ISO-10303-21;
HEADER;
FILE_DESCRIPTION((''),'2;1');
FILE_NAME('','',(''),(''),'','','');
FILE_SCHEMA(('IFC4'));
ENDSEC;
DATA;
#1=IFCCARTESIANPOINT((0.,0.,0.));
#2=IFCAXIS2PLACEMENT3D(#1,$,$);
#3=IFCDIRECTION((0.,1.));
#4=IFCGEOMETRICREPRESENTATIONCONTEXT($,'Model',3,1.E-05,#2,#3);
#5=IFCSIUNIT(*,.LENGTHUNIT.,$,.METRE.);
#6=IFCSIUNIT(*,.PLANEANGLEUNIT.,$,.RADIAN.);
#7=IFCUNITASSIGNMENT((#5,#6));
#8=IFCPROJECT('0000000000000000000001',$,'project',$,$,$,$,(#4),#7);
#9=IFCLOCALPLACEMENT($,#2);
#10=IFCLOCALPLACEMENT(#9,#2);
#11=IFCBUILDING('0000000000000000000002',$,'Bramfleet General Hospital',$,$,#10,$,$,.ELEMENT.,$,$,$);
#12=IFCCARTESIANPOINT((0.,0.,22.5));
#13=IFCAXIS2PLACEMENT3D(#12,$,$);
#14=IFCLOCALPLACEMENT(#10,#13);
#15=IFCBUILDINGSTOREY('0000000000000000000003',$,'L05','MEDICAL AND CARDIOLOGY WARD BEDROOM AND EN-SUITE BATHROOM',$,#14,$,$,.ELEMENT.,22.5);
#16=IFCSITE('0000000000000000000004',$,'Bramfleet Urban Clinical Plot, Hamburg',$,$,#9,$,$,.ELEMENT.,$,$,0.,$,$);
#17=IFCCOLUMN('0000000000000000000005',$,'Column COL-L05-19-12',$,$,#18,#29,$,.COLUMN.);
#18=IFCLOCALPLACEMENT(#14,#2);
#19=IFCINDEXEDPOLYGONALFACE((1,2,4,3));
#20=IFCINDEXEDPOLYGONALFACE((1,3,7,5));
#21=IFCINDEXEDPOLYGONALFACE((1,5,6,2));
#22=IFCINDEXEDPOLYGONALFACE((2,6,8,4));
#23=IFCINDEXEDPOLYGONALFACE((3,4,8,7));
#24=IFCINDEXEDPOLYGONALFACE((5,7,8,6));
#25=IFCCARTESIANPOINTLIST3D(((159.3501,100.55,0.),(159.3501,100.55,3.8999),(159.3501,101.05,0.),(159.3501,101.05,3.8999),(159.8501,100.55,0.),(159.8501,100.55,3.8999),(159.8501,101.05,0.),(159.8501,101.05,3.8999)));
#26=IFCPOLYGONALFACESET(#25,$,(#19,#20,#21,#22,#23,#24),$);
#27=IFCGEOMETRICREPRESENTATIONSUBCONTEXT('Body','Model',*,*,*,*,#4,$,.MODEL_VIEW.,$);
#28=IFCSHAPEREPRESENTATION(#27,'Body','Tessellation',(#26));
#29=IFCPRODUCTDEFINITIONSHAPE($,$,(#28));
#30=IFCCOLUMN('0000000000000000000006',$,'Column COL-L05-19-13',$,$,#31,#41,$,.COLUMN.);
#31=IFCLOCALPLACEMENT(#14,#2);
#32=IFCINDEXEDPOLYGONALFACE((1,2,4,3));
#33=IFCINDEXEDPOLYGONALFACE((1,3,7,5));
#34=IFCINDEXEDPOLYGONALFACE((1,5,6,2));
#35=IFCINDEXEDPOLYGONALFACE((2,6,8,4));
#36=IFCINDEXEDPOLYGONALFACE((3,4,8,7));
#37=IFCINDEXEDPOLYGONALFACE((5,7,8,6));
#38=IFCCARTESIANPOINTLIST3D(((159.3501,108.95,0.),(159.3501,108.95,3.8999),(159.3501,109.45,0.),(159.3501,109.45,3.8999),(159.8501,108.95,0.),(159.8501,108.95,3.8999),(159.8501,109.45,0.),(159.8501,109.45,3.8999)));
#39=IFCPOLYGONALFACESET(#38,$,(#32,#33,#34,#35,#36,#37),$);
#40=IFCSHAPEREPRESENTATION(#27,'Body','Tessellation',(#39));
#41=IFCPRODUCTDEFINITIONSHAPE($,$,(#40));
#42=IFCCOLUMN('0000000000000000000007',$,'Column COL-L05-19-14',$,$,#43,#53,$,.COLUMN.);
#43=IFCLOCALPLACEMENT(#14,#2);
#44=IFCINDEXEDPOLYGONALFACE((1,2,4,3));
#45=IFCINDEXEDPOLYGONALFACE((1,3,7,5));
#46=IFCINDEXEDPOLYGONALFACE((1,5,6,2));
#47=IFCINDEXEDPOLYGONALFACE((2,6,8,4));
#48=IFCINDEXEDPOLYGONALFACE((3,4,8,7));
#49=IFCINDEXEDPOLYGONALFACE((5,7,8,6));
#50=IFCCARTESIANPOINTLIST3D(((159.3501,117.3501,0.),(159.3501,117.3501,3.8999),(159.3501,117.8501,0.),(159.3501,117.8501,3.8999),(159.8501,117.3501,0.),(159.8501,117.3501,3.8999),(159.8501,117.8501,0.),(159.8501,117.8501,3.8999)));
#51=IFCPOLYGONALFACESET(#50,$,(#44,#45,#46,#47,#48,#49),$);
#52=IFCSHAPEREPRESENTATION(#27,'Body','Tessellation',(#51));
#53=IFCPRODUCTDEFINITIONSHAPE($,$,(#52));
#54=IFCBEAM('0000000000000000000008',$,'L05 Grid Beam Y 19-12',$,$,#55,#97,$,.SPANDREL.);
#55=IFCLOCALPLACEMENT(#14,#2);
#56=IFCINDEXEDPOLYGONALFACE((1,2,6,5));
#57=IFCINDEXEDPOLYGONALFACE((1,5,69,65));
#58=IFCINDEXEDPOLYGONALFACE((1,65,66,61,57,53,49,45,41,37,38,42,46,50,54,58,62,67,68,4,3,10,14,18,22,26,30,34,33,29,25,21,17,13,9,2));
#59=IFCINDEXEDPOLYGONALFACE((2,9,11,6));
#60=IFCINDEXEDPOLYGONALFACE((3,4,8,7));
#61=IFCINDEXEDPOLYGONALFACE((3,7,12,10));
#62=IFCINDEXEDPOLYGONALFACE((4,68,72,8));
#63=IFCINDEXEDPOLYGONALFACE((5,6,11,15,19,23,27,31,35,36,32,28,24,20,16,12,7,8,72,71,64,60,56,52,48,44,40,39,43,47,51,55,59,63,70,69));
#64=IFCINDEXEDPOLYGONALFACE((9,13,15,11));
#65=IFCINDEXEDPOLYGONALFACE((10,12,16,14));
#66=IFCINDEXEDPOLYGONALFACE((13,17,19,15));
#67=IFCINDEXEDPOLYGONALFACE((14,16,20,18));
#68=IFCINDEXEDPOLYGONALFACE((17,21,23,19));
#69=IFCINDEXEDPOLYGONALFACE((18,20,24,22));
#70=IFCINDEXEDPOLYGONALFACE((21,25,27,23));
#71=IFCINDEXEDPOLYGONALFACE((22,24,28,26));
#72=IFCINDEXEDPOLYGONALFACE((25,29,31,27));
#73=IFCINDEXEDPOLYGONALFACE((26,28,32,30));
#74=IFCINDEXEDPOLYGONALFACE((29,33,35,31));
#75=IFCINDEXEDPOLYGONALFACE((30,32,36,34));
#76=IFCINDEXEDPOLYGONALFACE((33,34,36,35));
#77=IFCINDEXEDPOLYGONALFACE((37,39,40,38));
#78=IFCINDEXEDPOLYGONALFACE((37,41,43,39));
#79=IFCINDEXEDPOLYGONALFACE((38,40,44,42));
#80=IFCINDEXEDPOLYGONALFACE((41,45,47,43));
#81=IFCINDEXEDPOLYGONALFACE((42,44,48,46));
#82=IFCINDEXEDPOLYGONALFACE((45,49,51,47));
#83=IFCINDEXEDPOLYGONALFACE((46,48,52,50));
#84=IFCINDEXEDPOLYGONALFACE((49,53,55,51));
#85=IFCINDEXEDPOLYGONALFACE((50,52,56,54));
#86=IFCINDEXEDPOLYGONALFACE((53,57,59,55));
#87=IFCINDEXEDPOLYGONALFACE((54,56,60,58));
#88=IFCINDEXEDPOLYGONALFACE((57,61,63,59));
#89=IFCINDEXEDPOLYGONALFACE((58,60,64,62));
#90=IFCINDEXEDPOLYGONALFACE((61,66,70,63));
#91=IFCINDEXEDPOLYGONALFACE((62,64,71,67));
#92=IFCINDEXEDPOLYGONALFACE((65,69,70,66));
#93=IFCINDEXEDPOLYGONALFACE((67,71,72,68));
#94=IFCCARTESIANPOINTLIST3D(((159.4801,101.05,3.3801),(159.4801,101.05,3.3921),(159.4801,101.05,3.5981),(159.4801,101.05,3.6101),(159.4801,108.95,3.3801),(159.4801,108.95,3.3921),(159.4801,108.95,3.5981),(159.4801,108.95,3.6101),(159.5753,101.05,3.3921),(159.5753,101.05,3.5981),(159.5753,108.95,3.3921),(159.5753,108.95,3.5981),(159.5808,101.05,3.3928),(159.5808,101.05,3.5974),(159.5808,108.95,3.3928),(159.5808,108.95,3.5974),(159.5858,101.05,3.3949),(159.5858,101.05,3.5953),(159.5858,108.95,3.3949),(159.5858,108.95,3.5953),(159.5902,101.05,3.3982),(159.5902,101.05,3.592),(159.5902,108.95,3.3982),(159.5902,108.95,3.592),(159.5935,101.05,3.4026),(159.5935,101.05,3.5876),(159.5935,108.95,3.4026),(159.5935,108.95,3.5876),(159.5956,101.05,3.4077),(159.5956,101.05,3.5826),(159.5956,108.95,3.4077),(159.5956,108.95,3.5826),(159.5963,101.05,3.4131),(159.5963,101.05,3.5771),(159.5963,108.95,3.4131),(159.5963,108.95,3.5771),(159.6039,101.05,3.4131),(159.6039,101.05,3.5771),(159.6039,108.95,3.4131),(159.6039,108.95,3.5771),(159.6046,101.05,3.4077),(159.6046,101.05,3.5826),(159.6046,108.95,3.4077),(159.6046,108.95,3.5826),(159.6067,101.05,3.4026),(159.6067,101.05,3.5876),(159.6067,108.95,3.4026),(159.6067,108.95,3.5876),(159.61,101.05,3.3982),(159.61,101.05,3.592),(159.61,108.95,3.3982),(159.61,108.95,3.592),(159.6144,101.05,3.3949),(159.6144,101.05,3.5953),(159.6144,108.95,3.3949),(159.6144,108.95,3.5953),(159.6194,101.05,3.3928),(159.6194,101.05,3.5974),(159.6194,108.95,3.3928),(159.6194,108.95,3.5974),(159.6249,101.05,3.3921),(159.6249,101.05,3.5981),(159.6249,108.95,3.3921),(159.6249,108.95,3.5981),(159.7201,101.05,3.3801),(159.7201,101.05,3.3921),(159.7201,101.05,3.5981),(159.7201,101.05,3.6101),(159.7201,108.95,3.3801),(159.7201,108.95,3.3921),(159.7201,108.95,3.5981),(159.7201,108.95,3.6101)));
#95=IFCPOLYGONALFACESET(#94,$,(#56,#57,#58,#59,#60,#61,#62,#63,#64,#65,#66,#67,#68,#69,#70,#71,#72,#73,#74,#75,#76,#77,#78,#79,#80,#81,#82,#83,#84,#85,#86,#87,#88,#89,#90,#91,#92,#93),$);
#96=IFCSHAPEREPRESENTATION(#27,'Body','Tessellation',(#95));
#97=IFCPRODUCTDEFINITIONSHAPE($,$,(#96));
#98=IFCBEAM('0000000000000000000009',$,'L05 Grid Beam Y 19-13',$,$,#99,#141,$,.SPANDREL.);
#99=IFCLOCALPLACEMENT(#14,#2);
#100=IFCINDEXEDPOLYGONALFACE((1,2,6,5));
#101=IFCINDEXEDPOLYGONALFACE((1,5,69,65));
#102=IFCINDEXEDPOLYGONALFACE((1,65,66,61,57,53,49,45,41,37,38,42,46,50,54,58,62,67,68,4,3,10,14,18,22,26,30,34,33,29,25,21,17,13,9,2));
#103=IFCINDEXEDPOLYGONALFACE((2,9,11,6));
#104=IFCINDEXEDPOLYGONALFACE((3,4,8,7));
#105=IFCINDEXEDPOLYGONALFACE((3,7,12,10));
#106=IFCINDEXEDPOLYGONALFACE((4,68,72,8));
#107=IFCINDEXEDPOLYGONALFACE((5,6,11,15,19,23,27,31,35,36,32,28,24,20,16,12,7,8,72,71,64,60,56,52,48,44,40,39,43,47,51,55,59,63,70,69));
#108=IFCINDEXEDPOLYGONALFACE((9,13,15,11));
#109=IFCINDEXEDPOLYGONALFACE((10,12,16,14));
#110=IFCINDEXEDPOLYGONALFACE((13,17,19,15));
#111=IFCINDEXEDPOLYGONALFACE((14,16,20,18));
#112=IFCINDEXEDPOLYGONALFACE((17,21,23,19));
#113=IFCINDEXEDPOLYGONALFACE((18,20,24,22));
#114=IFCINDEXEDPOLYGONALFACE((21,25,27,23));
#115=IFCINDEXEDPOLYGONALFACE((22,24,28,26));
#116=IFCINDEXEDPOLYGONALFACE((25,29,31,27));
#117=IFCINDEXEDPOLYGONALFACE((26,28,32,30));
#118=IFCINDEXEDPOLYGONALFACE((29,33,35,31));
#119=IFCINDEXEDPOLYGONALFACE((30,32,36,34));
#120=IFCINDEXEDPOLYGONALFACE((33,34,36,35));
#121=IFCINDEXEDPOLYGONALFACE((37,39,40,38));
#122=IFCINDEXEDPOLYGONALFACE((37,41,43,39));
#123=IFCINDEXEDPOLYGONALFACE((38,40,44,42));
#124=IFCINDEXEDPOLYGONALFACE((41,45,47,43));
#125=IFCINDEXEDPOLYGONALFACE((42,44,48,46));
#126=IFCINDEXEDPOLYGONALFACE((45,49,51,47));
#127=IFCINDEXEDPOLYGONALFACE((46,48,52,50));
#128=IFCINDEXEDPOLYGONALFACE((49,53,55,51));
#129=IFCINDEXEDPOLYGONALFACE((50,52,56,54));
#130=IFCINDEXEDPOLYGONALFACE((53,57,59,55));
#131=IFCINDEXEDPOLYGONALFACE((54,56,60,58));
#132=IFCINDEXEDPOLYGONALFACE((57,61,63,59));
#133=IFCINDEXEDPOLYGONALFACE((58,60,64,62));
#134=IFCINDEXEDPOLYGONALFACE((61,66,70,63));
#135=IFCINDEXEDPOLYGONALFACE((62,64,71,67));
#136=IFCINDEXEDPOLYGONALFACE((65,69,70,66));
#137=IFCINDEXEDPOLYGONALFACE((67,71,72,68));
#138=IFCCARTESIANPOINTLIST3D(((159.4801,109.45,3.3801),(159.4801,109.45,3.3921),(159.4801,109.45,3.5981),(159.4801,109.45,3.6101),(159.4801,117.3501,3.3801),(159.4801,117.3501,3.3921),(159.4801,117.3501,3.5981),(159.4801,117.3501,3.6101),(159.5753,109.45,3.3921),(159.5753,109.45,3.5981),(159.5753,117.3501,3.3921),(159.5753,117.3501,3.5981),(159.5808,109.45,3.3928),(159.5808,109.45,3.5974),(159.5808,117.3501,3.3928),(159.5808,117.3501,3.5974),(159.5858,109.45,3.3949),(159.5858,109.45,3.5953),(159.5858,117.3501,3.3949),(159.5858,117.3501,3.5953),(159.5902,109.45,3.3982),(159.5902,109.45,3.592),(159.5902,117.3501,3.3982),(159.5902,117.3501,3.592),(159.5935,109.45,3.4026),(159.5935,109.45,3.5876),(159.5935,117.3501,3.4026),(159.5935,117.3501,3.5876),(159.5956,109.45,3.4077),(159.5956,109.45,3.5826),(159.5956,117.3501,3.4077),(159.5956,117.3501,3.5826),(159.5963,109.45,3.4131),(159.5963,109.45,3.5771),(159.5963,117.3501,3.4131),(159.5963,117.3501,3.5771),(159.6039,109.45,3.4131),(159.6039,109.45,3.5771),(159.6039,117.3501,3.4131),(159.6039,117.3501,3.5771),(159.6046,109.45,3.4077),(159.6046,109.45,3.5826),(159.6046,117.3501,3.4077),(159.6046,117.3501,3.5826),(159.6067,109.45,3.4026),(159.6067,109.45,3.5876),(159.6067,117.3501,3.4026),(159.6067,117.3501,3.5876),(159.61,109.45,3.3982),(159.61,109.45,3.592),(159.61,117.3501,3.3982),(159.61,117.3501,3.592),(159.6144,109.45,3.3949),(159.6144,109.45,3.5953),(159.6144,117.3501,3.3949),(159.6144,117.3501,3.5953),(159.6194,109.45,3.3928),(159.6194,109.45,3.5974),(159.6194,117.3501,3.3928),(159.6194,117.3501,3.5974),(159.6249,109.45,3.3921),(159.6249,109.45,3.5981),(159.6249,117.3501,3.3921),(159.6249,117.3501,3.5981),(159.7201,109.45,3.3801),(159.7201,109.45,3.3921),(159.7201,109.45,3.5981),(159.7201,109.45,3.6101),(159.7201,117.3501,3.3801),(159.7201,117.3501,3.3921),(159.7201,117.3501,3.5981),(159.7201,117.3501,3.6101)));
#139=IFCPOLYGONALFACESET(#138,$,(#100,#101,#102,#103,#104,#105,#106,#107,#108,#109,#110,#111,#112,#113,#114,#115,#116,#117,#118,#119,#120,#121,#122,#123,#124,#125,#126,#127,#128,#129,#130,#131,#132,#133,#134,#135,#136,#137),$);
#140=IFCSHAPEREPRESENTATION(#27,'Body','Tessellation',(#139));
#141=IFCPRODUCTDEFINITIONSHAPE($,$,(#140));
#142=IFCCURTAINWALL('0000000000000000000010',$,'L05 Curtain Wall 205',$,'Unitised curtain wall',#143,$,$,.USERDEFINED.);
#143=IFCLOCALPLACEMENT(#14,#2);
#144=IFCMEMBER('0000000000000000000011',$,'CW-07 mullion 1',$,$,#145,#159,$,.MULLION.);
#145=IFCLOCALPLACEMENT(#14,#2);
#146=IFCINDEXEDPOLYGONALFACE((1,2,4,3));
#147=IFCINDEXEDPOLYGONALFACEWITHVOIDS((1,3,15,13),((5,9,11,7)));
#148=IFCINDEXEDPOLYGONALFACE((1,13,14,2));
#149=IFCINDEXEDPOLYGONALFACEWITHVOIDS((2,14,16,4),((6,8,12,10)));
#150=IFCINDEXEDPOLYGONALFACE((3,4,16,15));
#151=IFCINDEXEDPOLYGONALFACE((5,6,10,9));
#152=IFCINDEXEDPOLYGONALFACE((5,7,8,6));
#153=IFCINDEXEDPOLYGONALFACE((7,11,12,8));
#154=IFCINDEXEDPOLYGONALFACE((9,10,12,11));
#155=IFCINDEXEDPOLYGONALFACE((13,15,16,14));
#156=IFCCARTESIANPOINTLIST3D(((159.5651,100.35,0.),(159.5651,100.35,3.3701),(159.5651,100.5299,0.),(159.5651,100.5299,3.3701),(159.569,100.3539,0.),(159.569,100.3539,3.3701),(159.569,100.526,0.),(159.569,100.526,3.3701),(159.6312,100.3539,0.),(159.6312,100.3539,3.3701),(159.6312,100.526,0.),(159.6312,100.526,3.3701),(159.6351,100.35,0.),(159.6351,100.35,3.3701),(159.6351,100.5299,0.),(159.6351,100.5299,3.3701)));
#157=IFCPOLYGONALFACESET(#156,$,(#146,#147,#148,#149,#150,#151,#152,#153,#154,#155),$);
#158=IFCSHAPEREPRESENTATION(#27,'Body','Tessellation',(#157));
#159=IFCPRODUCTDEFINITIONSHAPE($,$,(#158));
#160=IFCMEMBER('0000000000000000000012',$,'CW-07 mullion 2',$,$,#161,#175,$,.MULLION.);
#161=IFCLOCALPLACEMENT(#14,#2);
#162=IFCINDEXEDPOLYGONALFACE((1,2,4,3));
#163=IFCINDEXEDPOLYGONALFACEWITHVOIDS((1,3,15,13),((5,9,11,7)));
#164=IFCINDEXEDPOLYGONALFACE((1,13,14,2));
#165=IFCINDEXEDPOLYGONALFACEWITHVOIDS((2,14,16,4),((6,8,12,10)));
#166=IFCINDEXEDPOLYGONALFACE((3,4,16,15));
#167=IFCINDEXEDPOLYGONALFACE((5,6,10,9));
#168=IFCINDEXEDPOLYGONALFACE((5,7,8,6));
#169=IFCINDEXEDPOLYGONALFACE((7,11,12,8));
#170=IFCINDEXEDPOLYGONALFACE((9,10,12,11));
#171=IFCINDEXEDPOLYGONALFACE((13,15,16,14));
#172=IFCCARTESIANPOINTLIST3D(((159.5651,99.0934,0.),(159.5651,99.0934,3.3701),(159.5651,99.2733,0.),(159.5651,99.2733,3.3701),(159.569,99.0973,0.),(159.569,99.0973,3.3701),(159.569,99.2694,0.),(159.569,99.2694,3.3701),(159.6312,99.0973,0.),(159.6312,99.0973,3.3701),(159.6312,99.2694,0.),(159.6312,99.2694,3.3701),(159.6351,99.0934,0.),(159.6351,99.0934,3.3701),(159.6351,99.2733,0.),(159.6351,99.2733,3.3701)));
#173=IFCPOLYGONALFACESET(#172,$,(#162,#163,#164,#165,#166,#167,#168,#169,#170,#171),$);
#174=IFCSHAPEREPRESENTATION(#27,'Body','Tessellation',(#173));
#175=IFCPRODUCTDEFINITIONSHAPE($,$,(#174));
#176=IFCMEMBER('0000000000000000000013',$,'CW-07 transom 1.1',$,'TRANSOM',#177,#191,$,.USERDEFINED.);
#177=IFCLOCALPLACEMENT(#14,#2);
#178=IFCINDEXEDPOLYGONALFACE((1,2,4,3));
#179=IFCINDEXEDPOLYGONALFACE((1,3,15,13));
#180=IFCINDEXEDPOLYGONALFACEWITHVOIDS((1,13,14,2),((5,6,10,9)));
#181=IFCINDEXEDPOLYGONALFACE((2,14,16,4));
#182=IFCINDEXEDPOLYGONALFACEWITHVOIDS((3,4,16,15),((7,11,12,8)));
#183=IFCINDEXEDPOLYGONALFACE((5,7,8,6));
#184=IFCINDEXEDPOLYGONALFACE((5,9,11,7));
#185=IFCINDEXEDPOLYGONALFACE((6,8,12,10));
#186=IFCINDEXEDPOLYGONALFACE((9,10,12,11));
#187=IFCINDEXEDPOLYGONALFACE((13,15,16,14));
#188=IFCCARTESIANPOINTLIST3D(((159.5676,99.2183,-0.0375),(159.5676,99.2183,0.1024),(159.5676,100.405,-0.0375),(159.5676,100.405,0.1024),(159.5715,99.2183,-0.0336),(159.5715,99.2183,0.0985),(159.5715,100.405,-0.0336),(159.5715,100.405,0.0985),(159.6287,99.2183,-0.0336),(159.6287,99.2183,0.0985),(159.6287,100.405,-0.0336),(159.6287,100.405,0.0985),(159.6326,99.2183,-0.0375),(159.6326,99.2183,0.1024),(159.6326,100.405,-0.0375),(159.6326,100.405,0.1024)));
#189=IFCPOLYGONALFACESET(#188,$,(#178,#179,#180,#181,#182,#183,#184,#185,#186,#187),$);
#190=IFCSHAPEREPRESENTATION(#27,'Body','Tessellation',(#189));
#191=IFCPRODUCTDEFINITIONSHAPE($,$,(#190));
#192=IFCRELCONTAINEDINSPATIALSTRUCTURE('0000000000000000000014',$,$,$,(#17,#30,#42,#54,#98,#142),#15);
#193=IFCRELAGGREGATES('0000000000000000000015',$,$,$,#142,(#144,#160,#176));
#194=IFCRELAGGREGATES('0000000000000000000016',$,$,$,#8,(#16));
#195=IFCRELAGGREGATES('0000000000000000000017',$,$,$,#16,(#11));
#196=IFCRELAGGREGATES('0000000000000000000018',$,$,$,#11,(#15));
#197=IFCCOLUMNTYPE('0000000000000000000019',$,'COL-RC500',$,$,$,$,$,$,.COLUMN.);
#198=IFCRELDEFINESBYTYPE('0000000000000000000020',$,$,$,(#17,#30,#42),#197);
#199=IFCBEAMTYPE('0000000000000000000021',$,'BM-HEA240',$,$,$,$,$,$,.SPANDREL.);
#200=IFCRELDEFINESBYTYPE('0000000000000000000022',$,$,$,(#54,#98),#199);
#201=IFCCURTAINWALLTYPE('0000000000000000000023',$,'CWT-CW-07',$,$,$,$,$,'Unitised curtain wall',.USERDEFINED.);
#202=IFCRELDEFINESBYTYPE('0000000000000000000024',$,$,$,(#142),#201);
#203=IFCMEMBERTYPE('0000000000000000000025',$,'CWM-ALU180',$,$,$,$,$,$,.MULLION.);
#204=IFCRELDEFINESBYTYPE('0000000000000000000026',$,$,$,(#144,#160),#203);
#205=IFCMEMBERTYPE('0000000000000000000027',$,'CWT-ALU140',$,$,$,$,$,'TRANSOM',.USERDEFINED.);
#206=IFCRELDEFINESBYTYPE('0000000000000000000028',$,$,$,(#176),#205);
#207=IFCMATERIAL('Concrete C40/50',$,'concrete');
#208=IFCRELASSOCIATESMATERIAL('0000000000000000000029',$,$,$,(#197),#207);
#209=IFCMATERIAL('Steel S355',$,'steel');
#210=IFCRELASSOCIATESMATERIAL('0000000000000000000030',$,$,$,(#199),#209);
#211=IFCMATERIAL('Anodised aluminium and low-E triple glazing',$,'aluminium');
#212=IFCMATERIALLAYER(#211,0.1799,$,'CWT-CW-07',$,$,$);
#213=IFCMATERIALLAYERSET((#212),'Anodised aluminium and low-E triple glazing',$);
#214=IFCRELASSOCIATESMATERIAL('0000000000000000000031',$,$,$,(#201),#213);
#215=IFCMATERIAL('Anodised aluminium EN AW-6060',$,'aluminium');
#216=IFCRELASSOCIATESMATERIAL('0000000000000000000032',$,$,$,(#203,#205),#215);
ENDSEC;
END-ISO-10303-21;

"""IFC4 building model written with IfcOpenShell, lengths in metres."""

from ifc_helpers import new_model, si_unit, direction, frame, origin, origin_2d, place, context, subcontext, project, spatial, rectangle, hollow_rectangle, i_section, extrude, material, layer, layer_set, material_profile, profile_set, type_object, element, aggregate, save


model = new_model("IFC4")

# Units and contexts
model_context = context("Model", 3, precision=1e-05, world=origin(), true_north=direction((0.0, 1.0)))
body_context = subcontext(model_context, "Body", "Model", "MODEL_VIEW")
ifc_project = project(units=[si_unit("LENGTHUNIT", "METRE"), si_unit("PLANEANGLEUNIT", "RADIAN")], contexts=[model_context])

# Site, building, storey
site_placement = place(None, origin())
site = spatial("IfcSite", under=ifc_project, at=site_placement, Name="Bramfleet Urban Clinical Plot, Hamburg", CompositionType="ELEMENT", RefElevation=0.0)
building_placement = place(site_placement, origin())
building = spatial("IfcBuilding", under=site, at=building_placement, Name="Bramfleet General Hospital", CompositionType="ELEMENT")
storey_placement = place(building_placement, frame((0.0, 0.0, 22.5)))
storey = spatial("IfcBuildingStorey", under=building, at=storey_placement, Name="L05", Description="MEDICAL AND CARDIOLOGY WARD BEDROOM AND EN-SUITE BATHROOM", CompositionType="ELEMENT", Elevation=22.5)

# Columns
ifc_material_1 = material(Name="Concrete C40/50", Category="concrete")
ifc_material_profile_1 = material_profile(ifc_material_1, rectangle(XDim=0.5, YDim=0.5, at=origin_2d()), Name="RC COL 500x500")
ifc_profile_set_1 = profile_set([ifc_material_profile_1], Name="Concrete C40/50")
column_type = type_object("IfcColumnType", Name="COL-RC500", PredefinedType="COLUMN", material=ifc_profile_set_1)
for number, where, z_axis, x_axis, name in (
    (1, (159.6001, 100.8, 0.0), (0.0, 0.0, 1.0), (1.0, 0.0, 0.0), "Column COL-L05-19-12"),
    (2, (159.6001, 109.2, 0.0), (0.0, 0.0, 1.0), (1.0, 0.0, 0.0), "Column COL-L05-19-13"),
    (3, (159.6001, 117.6001, 0.0), (0.0, 0.0, 1.0), (1.0, 0.0, 0.0), "Column COL-L05-19-14"),
):
    element("IfcColumn", number, at=place(storey_placement, frame(where, z_axis=z_axis, x_axis=x_axis)), inside=storey, type_object=column_type, Name=name, PredefinedType="COLUMN", context=body_context, shape_type="SweptSolid", body=[
        extrude(rectangle(XDim=0.5, YDim=0.5, at=origin_2d()), origin(), (0.0, 0.0, 1.0), 3.8999),
    ])

# Beams
ifc_material_2 = material(Name="Steel S355", Category="steel")
ifc_material_profile_2 = material_profile(ifc_material_2, i_section(OverallWidth=0.24, OverallDepth=0.23, WebThickness=0.0076, FlangeThickness=0.012, FilletRadius=0.021, at=origin_2d()), Name="HEA 240")
ifc_profile_set_2 = profile_set([ifc_material_profile_2], Name="Steel S355")
beam_type = type_object("IfcBeamType", Name="BM-HEA240", PredefinedType="SPANDREL", material=ifc_profile_set_2)
beam_1_placement = place(storey_placement, frame((159.6001, 101.05, 3.4951), z_axis=(0.0, 1.0, 0.0), x_axis=(-1.0, 0.0, 0.0)))
element("IfcBeam", 4, at=beam_1_placement, inside=storey, type_object=beam_type, Name="L05 Grid Beam Y 19-12", PredefinedType="SPANDREL", context=body_context, shape_type="SweptSolid", body=[
    extrude(i_section(OverallWidth=0.24, OverallDepth=0.23, WebThickness=0.0076, FlangeThickness=0.012, FilletRadius=0.021, at=origin_2d()), origin(), (0.0, 0.0, 1.0), 7.8999),
])
beam_2_placement = place(storey_placement, frame((159.6001, 109.45, 3.4951), z_axis=(0.0, 1.0, 0.0), x_axis=(-1.0, 0.0, 0.0)))
element("IfcBeam", 5, at=beam_2_placement, inside=storey, type_object=beam_type, Name="L05 Grid Beam Y 19-13", PredefinedType="SPANDREL", context=body_context, shape_type="SweptSolid", body=[
    extrude(i_section(OverallWidth=0.24, OverallDepth=0.23, WebThickness=0.0076, FlangeThickness=0.012, FilletRadius=0.021, at=origin_2d()), origin(), (0.0, 0.0, 1.0), 7.9001),
])

# Curtain wall, members
ifc_material_3 = material(Name="Anodised aluminium and low-E triple glazing", Category="aluminium")
ifc_layer_1 = layer(ifc_material_3, 0.1799, Name="CWT-CW-07")
ifc_layer_set_1 = layer_set([ifc_layer_1], Name="Anodised aluminium and low-E triple glazing")
curtain_wall_type = type_object("IfcCurtainWallType", Name="CWT-CW-07", ElementType="Unitised curtain wall", PredefinedType="USERDEFINED", material=ifc_layer_set_1)
curtain_wall_placement = place(storey_placement, origin())
curtain_wall = element("IfcCurtainWall", 6, at=curtain_wall_placement, inside=storey, type_object=curtain_wall_type, Name="L05 Curtain Wall 205", ObjectType="Unitised curtain wall", PredefinedType="USERDEFINED")
ifc_material_4 = material(Name="Anodised aluminium EN AW-6060", Category="aluminium")
ifc_material_profile_3 = material_profile(ifc_material_4, hollow_rectangle(XDim=0.0701, YDim=0.1799, WallThickness=0.0039, at=origin_2d()), Name="ALU 180x70x4.0")
ifc_profile_set_3 = profile_set([ifc_material_profile_3], Name="Anodised aluminium EN AW-6060")
member_type_1 = type_object("IfcMemberType", Name="CWM-ALU180", PredefinedType="MULLION", material=ifc_profile_set_3)
member_1_placement = place(storey_placement, frame((159.6001, 100.4399, 0.0), z_axis=(0.0, 0.0, 1.0), x_axis=(1.0, 0.0, 0.0)))
member_1 = element("IfcMember", 7, at=member_1_placement, type_object=member_type_1, Name="CW-07 mullion 1", PredefinedType="MULLION", context=body_context, shape_type="SweptSolid", body=[
    extrude(hollow_rectangle(XDim=0.0701, YDim=0.1799, WallThickness=0.0039, at=origin_2d()), origin(), (0.0, 0.0, 1.0), 3.3701),
])
member_2_placement = place(storey_placement, frame((159.6001, 99.1833, 0.0), z_axis=(0.0, 0.0, 1.0), x_axis=(1.0, 0.0, 0.0)))
member_2 = element("IfcMember", 8, at=member_2_placement, type_object=member_type_1, Name="CW-07 mullion 2", PredefinedType="MULLION", context=body_context, shape_type="SweptSolid", body=[
    extrude(hollow_rectangle(XDim=0.0701, YDim=0.1799, WallThickness=0.0039, at=origin_2d()), origin(), (0.0, 0.0, 1.0), 3.3701),
])
ifc_material_profile_4 = material_profile(ifc_material_4, hollow_rectangle(XDim=0.0649, YDim=0.1399, WallThickness=0.0039, at=origin_2d()), Name="ALU 140x65x4.0")
ifc_profile_set_4 = profile_set([ifc_material_profile_4], Name="Anodised aluminium EN AW-6060")
member_type_2 = type_object("IfcMemberType", Name="CWT-ALU140", ElementType="TRANSOM", PredefinedType="USERDEFINED", material=ifc_profile_set_4)
member_3_placement = place(storey_placement, frame((159.6001, 100.405, 0.0325), z_axis=(0.0, -1.0, 0.0), x_axis=(1.0, 0.0, 0.0)))
member_3 = element("IfcMember", 9, at=member_3_placement, type_object=member_type_2, Name="CW-07 transom 1.1", ObjectType="TRANSOM", PredefinedType="USERDEFINED", context=body_context, shape_type="SweptSolid", body=[
    extrude(hollow_rectangle(XDim=0.0649, YDim=0.1399, WallThickness=0.0039, at=origin_2d()), origin(), (0.0, 0.0, 1.0), 1.1868),
])
aggregate(curtain_wall, [member_1, member_2, member_3])

save(model, "model.ifc")
